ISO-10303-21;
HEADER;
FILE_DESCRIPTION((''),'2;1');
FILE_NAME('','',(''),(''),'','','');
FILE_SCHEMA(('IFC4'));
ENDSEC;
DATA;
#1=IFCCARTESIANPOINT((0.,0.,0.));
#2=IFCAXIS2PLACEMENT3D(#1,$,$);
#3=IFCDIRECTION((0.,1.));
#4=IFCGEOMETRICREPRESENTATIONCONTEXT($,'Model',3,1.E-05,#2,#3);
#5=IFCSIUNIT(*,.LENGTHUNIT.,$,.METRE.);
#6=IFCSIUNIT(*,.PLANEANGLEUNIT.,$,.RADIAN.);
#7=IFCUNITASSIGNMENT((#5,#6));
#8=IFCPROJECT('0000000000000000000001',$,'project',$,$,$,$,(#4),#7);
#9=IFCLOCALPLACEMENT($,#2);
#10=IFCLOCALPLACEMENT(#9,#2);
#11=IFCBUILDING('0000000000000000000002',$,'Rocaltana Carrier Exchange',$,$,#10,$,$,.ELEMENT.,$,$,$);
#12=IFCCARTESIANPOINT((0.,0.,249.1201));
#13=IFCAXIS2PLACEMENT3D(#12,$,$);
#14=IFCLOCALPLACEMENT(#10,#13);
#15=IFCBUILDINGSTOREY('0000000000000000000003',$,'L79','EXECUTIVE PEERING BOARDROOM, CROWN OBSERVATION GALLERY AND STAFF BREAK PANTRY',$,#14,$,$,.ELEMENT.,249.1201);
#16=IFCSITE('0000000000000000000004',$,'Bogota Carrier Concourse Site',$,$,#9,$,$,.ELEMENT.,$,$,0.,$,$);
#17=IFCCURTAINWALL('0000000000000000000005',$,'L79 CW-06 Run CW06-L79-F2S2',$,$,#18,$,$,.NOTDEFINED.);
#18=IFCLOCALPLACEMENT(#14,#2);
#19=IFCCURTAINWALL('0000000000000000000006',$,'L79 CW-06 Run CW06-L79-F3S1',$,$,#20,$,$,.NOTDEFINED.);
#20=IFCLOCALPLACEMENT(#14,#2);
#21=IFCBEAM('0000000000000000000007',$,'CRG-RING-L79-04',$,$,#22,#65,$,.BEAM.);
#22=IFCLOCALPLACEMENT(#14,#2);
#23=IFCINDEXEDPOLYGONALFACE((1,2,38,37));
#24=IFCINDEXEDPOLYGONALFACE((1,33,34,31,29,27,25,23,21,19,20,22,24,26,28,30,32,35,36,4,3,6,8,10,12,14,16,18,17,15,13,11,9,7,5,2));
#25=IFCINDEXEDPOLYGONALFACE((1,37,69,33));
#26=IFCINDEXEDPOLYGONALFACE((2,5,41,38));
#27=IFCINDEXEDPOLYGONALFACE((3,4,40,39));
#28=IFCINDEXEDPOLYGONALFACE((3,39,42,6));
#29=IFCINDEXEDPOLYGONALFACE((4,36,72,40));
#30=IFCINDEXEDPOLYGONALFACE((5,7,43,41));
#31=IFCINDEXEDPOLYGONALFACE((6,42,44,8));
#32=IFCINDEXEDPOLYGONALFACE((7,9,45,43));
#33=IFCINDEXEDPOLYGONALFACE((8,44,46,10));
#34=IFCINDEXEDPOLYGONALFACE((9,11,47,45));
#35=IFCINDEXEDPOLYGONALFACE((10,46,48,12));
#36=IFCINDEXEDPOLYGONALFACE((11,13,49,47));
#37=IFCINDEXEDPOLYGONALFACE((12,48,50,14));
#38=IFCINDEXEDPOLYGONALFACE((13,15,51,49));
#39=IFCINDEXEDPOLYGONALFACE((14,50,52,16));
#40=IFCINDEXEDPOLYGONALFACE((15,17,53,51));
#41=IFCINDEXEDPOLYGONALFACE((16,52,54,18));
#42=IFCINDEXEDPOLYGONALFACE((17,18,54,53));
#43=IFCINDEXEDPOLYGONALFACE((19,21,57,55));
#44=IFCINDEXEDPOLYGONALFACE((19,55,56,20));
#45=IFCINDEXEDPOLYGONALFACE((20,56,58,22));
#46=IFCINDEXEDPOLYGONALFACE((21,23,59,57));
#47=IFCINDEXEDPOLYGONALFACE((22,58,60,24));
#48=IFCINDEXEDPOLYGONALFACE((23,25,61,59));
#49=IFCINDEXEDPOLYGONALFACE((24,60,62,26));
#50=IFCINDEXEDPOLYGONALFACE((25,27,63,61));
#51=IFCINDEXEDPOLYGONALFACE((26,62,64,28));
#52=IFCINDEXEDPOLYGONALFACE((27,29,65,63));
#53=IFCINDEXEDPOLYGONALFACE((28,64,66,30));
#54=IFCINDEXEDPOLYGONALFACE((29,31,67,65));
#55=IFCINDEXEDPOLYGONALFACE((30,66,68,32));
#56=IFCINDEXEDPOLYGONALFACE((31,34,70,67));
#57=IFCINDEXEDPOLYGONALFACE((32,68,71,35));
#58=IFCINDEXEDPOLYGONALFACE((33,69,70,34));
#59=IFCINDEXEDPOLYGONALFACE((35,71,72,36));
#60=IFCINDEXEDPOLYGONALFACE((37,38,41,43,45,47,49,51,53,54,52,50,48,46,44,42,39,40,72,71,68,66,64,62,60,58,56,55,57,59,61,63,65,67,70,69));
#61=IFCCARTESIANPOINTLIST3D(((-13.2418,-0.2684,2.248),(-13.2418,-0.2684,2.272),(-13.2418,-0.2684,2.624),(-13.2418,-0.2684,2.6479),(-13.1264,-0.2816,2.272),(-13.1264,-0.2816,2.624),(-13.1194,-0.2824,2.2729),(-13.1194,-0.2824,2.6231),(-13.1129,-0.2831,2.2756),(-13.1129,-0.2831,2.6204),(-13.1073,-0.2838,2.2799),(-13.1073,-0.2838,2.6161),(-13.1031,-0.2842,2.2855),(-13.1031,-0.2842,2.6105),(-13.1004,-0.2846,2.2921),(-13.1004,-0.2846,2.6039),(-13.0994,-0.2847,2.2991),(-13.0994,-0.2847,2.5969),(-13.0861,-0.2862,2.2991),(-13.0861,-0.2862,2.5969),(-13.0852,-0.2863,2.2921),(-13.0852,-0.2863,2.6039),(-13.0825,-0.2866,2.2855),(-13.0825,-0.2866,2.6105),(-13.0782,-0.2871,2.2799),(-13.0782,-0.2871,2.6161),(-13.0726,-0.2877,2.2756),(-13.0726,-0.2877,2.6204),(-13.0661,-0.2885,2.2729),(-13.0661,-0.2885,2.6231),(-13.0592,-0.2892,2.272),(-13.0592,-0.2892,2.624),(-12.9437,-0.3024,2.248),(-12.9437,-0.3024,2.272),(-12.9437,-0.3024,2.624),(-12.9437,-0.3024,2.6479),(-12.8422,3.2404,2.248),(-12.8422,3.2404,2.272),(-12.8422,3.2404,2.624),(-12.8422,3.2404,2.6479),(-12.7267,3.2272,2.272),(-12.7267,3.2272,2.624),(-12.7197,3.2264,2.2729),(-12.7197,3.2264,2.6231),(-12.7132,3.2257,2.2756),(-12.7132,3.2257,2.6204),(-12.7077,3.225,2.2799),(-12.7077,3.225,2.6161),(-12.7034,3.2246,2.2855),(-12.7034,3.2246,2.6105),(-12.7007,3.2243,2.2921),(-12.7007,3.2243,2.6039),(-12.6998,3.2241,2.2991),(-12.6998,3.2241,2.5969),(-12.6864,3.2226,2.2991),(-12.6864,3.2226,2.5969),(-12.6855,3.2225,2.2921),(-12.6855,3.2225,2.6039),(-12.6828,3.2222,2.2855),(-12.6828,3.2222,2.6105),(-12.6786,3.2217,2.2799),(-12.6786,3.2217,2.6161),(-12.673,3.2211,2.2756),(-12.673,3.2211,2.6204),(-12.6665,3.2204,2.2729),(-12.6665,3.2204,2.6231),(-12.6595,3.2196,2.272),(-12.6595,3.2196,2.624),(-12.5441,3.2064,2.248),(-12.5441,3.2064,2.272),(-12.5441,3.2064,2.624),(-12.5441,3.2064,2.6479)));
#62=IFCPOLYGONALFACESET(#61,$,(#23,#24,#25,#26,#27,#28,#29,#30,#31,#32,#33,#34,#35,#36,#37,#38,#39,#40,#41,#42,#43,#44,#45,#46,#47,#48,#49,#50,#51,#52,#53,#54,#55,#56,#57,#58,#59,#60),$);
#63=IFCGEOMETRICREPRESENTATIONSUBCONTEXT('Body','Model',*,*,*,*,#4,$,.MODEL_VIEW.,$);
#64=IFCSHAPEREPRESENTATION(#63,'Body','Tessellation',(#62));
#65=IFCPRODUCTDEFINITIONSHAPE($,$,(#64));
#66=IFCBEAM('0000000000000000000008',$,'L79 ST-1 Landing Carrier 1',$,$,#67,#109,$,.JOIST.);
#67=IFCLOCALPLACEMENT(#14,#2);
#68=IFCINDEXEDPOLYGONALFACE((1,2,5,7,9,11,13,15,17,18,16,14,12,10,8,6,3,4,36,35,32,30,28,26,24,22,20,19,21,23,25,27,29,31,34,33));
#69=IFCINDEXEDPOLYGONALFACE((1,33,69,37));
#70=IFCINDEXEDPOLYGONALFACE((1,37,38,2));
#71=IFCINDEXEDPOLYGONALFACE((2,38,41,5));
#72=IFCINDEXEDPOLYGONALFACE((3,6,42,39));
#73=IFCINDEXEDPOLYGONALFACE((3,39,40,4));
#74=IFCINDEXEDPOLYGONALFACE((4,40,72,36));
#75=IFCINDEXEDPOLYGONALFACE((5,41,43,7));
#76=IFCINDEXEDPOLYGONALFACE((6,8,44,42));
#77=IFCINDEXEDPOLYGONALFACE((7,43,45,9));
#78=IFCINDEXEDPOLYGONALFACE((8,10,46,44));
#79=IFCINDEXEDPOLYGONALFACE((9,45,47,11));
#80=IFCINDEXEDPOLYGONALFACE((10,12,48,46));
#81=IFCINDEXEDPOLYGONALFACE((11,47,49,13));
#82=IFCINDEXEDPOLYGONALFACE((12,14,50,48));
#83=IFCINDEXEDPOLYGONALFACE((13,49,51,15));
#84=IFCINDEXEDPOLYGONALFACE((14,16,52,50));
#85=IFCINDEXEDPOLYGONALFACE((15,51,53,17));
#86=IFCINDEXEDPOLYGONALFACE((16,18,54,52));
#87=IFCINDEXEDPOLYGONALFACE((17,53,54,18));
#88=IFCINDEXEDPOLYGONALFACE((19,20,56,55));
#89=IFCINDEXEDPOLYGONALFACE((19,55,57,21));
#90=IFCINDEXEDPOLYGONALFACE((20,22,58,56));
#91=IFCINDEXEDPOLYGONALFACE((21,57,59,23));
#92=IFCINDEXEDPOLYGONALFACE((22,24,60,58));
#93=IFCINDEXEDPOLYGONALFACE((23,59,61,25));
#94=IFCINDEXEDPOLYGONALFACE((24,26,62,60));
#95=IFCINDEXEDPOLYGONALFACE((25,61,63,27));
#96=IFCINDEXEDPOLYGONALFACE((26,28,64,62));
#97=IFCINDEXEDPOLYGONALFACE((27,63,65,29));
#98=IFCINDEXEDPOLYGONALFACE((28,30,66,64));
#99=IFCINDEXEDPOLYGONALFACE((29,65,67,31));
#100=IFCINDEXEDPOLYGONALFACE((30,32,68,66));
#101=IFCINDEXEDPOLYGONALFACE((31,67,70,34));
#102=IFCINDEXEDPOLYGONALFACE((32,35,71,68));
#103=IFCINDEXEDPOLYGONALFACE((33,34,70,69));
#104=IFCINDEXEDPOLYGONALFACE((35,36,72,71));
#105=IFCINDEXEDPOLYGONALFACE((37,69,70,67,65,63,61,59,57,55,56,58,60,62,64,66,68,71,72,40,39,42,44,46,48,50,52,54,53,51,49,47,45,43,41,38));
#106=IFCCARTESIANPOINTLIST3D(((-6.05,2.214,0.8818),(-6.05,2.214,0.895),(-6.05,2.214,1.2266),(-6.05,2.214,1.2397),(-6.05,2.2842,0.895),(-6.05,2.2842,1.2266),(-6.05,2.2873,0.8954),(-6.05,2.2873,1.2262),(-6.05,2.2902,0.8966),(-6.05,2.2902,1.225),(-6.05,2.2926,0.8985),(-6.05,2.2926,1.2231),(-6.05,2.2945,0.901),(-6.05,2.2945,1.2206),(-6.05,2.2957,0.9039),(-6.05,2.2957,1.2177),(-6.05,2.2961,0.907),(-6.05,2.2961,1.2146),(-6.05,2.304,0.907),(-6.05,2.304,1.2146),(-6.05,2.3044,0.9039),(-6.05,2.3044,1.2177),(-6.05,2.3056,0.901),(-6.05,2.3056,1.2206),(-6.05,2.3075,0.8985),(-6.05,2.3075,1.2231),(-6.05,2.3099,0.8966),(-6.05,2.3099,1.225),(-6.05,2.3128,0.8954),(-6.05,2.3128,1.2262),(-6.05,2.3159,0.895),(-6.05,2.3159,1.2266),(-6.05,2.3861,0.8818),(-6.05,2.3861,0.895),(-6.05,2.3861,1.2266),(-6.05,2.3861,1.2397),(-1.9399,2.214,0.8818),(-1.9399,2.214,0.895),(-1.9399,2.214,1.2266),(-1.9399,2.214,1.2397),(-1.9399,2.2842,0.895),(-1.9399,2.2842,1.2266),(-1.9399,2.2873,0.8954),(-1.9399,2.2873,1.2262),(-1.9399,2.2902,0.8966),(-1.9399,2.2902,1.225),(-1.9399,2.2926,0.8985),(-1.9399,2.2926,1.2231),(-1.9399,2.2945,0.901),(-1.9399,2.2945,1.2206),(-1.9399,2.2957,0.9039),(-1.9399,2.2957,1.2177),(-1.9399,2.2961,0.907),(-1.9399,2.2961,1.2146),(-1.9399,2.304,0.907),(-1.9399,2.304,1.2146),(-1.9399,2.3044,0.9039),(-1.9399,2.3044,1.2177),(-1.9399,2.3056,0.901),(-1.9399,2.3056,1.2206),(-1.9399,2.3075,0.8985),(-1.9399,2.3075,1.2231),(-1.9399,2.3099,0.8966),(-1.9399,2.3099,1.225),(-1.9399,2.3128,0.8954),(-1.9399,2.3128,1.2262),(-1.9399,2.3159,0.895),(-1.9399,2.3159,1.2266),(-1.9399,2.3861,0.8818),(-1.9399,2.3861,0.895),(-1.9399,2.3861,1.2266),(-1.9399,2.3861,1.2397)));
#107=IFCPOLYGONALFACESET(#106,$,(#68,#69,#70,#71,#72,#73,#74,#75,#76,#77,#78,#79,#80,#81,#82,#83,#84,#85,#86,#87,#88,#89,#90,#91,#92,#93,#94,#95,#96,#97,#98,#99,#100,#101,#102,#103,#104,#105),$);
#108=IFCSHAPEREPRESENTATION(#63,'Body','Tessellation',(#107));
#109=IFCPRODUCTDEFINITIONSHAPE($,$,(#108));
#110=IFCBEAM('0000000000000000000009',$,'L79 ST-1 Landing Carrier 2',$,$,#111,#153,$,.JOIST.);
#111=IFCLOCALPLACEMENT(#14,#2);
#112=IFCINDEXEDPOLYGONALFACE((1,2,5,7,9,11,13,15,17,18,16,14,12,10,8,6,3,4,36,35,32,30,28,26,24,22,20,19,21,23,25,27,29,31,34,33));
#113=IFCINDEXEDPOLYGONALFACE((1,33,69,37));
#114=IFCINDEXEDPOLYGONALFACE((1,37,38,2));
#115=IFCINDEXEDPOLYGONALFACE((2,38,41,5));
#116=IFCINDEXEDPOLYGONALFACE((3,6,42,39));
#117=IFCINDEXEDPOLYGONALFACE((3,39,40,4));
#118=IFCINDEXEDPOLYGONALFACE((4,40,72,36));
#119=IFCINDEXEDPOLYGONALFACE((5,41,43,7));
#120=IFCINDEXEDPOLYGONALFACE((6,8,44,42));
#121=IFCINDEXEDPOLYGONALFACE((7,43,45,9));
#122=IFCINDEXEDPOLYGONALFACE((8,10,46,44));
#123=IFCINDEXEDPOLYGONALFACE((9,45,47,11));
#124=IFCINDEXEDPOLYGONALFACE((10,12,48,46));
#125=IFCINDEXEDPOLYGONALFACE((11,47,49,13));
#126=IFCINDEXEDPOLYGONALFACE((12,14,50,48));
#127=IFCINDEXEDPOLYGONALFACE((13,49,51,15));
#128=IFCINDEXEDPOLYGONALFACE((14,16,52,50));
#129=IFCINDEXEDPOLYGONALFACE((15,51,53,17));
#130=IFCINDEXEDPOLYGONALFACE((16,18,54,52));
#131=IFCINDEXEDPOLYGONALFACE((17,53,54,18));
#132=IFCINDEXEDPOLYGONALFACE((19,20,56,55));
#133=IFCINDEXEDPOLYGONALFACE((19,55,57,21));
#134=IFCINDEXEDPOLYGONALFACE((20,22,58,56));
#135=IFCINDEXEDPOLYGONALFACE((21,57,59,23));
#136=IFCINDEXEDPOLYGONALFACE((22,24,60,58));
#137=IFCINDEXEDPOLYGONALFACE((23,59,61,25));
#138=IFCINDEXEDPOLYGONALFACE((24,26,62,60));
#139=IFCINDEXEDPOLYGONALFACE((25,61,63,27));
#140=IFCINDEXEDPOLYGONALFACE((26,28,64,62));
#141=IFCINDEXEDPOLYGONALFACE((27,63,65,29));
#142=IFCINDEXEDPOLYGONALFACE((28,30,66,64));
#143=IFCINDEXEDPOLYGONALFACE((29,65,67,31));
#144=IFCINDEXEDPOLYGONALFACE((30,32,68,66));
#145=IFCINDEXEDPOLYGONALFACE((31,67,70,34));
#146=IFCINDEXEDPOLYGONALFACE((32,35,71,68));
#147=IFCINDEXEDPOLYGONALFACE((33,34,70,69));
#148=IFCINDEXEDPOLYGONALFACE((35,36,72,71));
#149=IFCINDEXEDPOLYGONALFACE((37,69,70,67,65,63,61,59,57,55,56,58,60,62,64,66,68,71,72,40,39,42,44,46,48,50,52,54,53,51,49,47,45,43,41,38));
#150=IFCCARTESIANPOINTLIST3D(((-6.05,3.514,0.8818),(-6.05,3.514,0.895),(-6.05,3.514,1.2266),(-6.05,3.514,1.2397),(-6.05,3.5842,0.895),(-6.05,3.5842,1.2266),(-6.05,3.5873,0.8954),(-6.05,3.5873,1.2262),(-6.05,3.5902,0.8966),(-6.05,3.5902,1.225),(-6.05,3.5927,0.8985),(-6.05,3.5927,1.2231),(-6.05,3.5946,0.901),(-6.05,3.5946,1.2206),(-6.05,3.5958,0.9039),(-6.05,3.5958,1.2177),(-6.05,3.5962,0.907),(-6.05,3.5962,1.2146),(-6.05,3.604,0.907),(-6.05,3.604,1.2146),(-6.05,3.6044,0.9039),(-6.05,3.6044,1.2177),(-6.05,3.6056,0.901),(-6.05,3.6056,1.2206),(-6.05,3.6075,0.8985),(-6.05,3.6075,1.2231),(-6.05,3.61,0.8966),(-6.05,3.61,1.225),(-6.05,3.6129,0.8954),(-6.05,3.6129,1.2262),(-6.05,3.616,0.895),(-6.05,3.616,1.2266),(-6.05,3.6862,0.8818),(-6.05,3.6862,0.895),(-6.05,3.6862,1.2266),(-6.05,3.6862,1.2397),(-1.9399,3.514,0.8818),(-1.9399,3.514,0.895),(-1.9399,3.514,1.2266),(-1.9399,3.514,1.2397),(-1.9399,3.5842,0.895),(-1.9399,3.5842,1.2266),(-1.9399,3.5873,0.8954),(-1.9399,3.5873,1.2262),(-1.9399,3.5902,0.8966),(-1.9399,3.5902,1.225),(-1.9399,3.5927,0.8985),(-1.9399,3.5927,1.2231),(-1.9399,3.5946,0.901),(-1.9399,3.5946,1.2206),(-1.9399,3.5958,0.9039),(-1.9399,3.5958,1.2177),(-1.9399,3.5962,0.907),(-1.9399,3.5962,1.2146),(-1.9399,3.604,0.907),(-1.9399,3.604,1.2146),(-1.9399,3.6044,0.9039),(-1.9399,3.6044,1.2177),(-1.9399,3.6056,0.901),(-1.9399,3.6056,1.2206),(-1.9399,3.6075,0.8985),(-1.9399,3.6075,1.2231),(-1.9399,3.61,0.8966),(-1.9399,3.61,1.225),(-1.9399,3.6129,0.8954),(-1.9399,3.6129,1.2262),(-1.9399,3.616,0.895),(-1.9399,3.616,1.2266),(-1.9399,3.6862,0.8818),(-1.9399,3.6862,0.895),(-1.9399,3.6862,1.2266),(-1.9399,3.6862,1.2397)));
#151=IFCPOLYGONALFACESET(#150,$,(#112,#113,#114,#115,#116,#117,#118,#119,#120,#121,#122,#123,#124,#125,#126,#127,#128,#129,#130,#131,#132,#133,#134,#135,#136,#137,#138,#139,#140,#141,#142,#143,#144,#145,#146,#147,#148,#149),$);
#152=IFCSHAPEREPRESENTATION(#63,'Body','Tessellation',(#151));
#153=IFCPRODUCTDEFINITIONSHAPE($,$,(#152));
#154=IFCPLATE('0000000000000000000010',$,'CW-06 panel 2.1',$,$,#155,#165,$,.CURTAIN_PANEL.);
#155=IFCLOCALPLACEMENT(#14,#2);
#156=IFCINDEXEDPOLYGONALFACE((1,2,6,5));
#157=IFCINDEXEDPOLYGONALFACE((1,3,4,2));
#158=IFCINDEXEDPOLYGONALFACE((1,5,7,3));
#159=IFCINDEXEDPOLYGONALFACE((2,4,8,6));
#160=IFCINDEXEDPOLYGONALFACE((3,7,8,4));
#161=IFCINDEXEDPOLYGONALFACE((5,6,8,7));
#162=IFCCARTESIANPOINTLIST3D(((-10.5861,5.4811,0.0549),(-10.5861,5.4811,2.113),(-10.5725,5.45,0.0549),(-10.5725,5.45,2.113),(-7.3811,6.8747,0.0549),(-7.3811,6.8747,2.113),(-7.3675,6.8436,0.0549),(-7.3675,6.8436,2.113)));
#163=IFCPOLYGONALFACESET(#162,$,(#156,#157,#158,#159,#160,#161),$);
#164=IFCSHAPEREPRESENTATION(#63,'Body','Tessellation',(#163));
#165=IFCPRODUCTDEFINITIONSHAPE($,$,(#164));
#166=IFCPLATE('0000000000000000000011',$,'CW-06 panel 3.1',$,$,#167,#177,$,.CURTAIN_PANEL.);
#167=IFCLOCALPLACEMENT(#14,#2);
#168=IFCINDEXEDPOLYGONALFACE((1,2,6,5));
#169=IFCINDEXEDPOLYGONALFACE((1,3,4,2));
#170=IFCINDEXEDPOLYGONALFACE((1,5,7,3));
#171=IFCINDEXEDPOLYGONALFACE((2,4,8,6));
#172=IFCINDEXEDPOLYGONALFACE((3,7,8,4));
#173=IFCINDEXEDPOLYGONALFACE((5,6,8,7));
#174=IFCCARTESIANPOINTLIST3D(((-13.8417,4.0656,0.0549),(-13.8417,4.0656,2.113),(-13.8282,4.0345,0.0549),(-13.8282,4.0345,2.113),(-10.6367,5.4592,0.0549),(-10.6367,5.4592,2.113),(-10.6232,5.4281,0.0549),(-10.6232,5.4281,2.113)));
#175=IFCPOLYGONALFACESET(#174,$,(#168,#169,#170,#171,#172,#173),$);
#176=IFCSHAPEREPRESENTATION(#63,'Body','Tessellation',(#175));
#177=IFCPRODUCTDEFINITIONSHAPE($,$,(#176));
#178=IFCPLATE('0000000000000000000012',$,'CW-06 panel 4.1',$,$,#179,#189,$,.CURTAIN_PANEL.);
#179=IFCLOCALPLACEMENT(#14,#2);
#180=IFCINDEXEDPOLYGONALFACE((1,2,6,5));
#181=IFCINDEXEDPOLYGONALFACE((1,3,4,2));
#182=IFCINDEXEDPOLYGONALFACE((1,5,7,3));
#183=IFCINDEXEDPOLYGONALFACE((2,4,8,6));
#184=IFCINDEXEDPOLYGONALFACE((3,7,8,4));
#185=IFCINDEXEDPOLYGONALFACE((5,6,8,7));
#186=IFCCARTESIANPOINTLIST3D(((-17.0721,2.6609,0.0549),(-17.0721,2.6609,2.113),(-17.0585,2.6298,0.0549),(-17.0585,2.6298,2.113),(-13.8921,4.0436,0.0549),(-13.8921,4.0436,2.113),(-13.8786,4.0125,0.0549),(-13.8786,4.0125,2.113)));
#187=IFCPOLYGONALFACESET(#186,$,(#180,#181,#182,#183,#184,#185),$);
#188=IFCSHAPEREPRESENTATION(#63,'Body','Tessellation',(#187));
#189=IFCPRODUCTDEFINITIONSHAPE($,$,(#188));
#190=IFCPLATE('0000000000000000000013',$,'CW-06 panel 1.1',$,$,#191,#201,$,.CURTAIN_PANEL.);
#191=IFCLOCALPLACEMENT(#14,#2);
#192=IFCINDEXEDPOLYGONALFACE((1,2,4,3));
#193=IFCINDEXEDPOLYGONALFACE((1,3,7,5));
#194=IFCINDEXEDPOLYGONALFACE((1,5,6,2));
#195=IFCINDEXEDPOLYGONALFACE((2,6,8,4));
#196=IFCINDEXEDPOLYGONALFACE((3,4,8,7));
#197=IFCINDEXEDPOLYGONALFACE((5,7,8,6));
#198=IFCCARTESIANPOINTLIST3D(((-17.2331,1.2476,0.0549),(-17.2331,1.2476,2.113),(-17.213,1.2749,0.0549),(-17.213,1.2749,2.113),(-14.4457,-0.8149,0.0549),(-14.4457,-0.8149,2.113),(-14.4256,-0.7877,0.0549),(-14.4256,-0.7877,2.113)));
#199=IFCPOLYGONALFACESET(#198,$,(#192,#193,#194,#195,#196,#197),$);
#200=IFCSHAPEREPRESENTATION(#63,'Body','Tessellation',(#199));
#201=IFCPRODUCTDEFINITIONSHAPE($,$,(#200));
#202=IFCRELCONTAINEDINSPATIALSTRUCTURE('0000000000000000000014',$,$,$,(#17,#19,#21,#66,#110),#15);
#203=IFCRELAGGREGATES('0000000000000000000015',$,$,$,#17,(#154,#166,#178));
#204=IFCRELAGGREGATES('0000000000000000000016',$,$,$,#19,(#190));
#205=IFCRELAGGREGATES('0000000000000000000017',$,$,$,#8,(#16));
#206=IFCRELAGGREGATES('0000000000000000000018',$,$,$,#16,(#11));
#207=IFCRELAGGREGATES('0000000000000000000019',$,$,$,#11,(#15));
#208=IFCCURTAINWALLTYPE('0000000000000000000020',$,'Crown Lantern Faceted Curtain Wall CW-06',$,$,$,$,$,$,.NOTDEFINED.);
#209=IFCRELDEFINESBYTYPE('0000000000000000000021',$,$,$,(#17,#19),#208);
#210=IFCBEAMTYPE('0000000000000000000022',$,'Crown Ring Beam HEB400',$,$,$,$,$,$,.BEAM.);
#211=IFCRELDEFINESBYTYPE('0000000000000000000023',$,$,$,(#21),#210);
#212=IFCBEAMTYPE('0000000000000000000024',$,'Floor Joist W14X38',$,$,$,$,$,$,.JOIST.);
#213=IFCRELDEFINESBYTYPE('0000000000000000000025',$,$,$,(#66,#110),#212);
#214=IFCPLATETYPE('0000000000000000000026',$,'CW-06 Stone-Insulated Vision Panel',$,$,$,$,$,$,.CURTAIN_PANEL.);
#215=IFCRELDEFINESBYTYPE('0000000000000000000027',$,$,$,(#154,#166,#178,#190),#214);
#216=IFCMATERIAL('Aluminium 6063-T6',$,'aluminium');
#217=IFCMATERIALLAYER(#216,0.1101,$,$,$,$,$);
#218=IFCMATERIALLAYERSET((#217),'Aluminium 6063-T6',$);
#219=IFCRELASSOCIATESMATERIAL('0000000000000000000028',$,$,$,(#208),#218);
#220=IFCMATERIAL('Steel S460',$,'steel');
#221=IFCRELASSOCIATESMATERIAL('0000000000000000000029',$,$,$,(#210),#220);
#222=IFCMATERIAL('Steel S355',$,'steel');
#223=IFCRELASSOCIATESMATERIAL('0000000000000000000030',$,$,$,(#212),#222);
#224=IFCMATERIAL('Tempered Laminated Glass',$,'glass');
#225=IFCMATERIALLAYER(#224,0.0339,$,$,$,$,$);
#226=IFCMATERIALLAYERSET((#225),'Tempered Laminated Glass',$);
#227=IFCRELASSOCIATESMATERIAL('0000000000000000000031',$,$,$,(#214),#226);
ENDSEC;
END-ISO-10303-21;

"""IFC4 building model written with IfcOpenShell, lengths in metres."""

from ifc_helpers import new_model, si_unit, direction, frame, origin, origin_2d, place, context, subcontext, project, spatial, rectangle, i_section, extrude, material, layer, layer_set, material_profile, profile_set, type_object, element, aggregate, save


model = new_model("IFC4")

# Units and contexts
model_context = context("Model", 3, precision=1e-05, world=origin(), true_north=direction((0.0, 1.0)))
body_context = subcontext(model_context, "Body", "Model", "MODEL_VIEW")
ifc_project = project(units=[si_unit("LENGTHUNIT", "METRE"), si_unit("PLANEANGLEUNIT", "RADIAN")], contexts=[model_context])

# Site, building, storey
site_placement = place(None, origin())
site = spatial("IfcSite", under=ifc_project, at=site_placement, Name="Bogota Carrier Concourse Site", CompositionType="ELEMENT", RefElevation=0.0)
building_placement = place(site_placement, origin())
building = spatial("IfcBuilding", under=site, at=building_placement, Name="Rocaltana Carrier Exchange", CompositionType="ELEMENT")
storey_placement = place(building_placement, frame((0.0, 0.0, 249.1201)))
storey = spatial("IfcBuildingStorey", under=building, at=storey_placement, Name="L79", Description="EXECUTIVE PEERING BOARDROOM, CROWN OBSERVATION GALLERY AND STAFF BREAK PANTRY", CompositionType="ELEMENT", Elevation=249.1201)

# Curtain wall
ifc_material_1 = material(Name="Aluminium 6063-T6", Category="aluminium")
ifc_layer_1 = layer(ifc_material_1, 0.1101)
ifc_layer_set_1 = layer_set([ifc_layer_1], Name="Aluminium 6063-T6")
curtain_wall_type = type_object("IfcCurtainWallType", Name="Crown Lantern Faceted Curtain Wall CW-06", PredefinedType="NOTDEFINED", material=ifc_layer_set_1)
curtain_wall_1_placement = place(storey_placement, origin())
curtain_wall_1 = element("IfcCurtainWall", 1, at=curtain_wall_1_placement, inside=storey, type_object=curtain_wall_type, Name="L79 CW-06 Run CW06-L79-F2S2", PredefinedType="NOTDEFINED")

# Curtain wall
curtain_wall_2_placement = place(storey_placement, origin())
curtain_wall_2 = element("IfcCurtainWall", 2, at=curtain_wall_2_placement, inside=storey, type_object=curtain_wall_type, Name="L79 CW-06 Run CW06-L79-F3S1", PredefinedType="NOTDEFINED")

# Beams
ifc_material_2 = material(Name="Steel S460", Category="steel")
ifc_material_profile_1 = material_profile(ifc_material_2, i_section(OverallWidth=0.3, OverallDepth=0.3999, WebThickness=0.0134, FlangeThickness=0.0239, FilletRadius=0.0271, at=origin_2d()), Name="HEB400")
ifc_profile_set_1 = profile_set([ifc_material_profile_1], Name="Steel S460")
beam_type_1 = type_object("IfcBeamType", Name="Crown Ring Beam HEB400", PredefinedType="BEAM", material=ifc_profile_set_1)
beam_1_placement = place(storey_placement, frame((-12.6931, 3.2234, 2.448), z_axis=(-0.11317, -0.993576, 0.0), x_axis=(0.993576, -0.11317, 0.0)))
element("IfcBeam", 3, at=beam_1_placement, inside=storey, type_object=beam_type_1, Name="CRG-RING-L79-04", PredefinedType="BEAM", context=body_context, shape_type="SweptSolid", body=[
    extrude(i_section(OverallWidth=0.3, OverallDepth=0.3999, WebThickness=0.0134, FlangeThickness=0.0239, FilletRadius=0.0271, at=origin_2d()), origin(), (0.0, 0.0, 1.0), 3.5315),
])
ifc_material_3 = material(Name="Steel S355", Category="steel")
ifc_material_profile_2 = material_profile(ifc_material_3, i_section(OverallWidth=0.1721, OverallDepth=0.3579, WebThickness=0.0078, FlangeThickness=0.0132, FilletRadius=0.012, at=origin_2d()), Name="W14X38")
ifc_profile_set_2 = profile_set([ifc_material_profile_2], Name="Steel S355")
beam_type_2 = type_object("IfcBeamType", Name="Floor Joist W14X38", PredefinedType="JOIST", material=ifc_profile_set_2)
for number, where, z_axis, x_axis, name in (
    (4, (-6.05, 2.3, 1.0608), (1.0, 0.0, 0.0), (0.0, 1.0, 0.0), "L79 ST-1 Landing Carrier 1"),
    (5, (-6.05, 3.6001, 1.0608), (1.0, 0.0, 0.0), (0.0, 1.0, 0.0), "L79 ST-1 Landing Carrier 2"),
):
    element("IfcBeam", number, at=place(storey_placement, frame(where, z_axis=z_axis, x_axis=x_axis)), inside=storey, type_object=beam_type_2, Name=name, PredefinedType="JOIST", context=body_context, shape_type="SweptSolid", body=[
        extrude(i_section(OverallWidth=0.1721, OverallDepth=0.3579, WebThickness=0.0078, FlangeThickness=0.0132, FilletRadius=0.012, at=origin_2d()), origin(), (0.0, 0.0, 1.0), 4.1101),
    ])

# Plates
ifc_material_4 = material(Name="Tempered Laminated Glass", Category="glass")
ifc_layer_2 = layer(ifc_material_4, 0.0339)
ifc_layer_set_2 = layer_set([ifc_layer_2], Name="Tempered Laminated Glass")
plate_type = type_object("IfcPlateType", Name="CW-06 Stone-Insulated Vision Panel", PredefinedType="CURTAIN_PANEL", material=ifc_layer_set_2)
plate_1_placement = place(storey_placement, frame((-8.9768, 6.1624, 0.0549), z_axis=(0.0, 0.0, 1.0), x_axis=(-0.917058, -0.398754, 0.0)))
plate_1 = element("IfcPlate", 6, at=plate_1_placement, type_object=plate_type, Name="CW-06 panel 2.1", PredefinedType="CURTAIN_PANEL", context=body_context, shape_type="SweptSolid", body=[
    extrude(rectangle(XDim=3.4949, YDim=0.0339, at=origin_2d()), origin(), (0.0, 0.0, 1.0), 2.0581),
])
plate_2_placement = place(storey_placement, frame((-12.2324, 4.7468, 0.0549), z_axis=(0.0, 0.0, 1.0), x_axis=(-0.917058, -0.398754, 0.0)))
plate_2 = element("IfcPlate", 7, at=plate_2_placement, type_object=plate_type, Name="CW-06 panel 3.1", PredefinedType="CURTAIN_PANEL", context=body_context, shape_type="SweptSolid", body=[
    extrude(rectangle(XDim=3.4949, YDim=0.0339, at=origin_2d()), origin(), (0.0, 0.0, 1.0), 2.0581),
])
plate_3_placement = place(storey_placement, frame((-15.4753, 3.3367, 0.0549), z_axis=(0.0, 0.0, 1.0), x_axis=(-0.917058, -0.398754, 0.0)))
plate_3 = element("IfcPlate", 8, at=plate_3_placement, type_object=plate_type, Name="CW-06 panel 4.1", PredefinedType="CURTAIN_PANEL", context=body_context, shape_type="SweptSolid", body=[
    extrude(rectangle(XDim=3.4675, YDim=0.0339, at=origin_2d()), origin(), (0.0, 0.0, 1.0), 2.0581),
])
aggregate(curtain_wall_1, [plate_1, plate_2, plate_3])
plate_4_placement = place(storey_placement, frame((-15.8293, 0.23, 0.0549), z_axis=(0.0, 0.0, 1.0), x_axis=(0.803857, -0.594822, 0.0)))
plate_4 = element("IfcPlate", 9, at=plate_4_placement, type_object=plate_type, Name="CW-06 panel 1.1", PredefinedType="CURTAIN_PANEL", context=body_context, shape_type="SweptSolid", body=[
    extrude(rectangle(XDim=3.4675, YDim=0.0339, at=origin_2d()), origin(), (0.0, 0.0, 1.0), 2.0581),
])
aggregate(curtain_wall_2, [plate_4])

save(model, "model.ifc")
